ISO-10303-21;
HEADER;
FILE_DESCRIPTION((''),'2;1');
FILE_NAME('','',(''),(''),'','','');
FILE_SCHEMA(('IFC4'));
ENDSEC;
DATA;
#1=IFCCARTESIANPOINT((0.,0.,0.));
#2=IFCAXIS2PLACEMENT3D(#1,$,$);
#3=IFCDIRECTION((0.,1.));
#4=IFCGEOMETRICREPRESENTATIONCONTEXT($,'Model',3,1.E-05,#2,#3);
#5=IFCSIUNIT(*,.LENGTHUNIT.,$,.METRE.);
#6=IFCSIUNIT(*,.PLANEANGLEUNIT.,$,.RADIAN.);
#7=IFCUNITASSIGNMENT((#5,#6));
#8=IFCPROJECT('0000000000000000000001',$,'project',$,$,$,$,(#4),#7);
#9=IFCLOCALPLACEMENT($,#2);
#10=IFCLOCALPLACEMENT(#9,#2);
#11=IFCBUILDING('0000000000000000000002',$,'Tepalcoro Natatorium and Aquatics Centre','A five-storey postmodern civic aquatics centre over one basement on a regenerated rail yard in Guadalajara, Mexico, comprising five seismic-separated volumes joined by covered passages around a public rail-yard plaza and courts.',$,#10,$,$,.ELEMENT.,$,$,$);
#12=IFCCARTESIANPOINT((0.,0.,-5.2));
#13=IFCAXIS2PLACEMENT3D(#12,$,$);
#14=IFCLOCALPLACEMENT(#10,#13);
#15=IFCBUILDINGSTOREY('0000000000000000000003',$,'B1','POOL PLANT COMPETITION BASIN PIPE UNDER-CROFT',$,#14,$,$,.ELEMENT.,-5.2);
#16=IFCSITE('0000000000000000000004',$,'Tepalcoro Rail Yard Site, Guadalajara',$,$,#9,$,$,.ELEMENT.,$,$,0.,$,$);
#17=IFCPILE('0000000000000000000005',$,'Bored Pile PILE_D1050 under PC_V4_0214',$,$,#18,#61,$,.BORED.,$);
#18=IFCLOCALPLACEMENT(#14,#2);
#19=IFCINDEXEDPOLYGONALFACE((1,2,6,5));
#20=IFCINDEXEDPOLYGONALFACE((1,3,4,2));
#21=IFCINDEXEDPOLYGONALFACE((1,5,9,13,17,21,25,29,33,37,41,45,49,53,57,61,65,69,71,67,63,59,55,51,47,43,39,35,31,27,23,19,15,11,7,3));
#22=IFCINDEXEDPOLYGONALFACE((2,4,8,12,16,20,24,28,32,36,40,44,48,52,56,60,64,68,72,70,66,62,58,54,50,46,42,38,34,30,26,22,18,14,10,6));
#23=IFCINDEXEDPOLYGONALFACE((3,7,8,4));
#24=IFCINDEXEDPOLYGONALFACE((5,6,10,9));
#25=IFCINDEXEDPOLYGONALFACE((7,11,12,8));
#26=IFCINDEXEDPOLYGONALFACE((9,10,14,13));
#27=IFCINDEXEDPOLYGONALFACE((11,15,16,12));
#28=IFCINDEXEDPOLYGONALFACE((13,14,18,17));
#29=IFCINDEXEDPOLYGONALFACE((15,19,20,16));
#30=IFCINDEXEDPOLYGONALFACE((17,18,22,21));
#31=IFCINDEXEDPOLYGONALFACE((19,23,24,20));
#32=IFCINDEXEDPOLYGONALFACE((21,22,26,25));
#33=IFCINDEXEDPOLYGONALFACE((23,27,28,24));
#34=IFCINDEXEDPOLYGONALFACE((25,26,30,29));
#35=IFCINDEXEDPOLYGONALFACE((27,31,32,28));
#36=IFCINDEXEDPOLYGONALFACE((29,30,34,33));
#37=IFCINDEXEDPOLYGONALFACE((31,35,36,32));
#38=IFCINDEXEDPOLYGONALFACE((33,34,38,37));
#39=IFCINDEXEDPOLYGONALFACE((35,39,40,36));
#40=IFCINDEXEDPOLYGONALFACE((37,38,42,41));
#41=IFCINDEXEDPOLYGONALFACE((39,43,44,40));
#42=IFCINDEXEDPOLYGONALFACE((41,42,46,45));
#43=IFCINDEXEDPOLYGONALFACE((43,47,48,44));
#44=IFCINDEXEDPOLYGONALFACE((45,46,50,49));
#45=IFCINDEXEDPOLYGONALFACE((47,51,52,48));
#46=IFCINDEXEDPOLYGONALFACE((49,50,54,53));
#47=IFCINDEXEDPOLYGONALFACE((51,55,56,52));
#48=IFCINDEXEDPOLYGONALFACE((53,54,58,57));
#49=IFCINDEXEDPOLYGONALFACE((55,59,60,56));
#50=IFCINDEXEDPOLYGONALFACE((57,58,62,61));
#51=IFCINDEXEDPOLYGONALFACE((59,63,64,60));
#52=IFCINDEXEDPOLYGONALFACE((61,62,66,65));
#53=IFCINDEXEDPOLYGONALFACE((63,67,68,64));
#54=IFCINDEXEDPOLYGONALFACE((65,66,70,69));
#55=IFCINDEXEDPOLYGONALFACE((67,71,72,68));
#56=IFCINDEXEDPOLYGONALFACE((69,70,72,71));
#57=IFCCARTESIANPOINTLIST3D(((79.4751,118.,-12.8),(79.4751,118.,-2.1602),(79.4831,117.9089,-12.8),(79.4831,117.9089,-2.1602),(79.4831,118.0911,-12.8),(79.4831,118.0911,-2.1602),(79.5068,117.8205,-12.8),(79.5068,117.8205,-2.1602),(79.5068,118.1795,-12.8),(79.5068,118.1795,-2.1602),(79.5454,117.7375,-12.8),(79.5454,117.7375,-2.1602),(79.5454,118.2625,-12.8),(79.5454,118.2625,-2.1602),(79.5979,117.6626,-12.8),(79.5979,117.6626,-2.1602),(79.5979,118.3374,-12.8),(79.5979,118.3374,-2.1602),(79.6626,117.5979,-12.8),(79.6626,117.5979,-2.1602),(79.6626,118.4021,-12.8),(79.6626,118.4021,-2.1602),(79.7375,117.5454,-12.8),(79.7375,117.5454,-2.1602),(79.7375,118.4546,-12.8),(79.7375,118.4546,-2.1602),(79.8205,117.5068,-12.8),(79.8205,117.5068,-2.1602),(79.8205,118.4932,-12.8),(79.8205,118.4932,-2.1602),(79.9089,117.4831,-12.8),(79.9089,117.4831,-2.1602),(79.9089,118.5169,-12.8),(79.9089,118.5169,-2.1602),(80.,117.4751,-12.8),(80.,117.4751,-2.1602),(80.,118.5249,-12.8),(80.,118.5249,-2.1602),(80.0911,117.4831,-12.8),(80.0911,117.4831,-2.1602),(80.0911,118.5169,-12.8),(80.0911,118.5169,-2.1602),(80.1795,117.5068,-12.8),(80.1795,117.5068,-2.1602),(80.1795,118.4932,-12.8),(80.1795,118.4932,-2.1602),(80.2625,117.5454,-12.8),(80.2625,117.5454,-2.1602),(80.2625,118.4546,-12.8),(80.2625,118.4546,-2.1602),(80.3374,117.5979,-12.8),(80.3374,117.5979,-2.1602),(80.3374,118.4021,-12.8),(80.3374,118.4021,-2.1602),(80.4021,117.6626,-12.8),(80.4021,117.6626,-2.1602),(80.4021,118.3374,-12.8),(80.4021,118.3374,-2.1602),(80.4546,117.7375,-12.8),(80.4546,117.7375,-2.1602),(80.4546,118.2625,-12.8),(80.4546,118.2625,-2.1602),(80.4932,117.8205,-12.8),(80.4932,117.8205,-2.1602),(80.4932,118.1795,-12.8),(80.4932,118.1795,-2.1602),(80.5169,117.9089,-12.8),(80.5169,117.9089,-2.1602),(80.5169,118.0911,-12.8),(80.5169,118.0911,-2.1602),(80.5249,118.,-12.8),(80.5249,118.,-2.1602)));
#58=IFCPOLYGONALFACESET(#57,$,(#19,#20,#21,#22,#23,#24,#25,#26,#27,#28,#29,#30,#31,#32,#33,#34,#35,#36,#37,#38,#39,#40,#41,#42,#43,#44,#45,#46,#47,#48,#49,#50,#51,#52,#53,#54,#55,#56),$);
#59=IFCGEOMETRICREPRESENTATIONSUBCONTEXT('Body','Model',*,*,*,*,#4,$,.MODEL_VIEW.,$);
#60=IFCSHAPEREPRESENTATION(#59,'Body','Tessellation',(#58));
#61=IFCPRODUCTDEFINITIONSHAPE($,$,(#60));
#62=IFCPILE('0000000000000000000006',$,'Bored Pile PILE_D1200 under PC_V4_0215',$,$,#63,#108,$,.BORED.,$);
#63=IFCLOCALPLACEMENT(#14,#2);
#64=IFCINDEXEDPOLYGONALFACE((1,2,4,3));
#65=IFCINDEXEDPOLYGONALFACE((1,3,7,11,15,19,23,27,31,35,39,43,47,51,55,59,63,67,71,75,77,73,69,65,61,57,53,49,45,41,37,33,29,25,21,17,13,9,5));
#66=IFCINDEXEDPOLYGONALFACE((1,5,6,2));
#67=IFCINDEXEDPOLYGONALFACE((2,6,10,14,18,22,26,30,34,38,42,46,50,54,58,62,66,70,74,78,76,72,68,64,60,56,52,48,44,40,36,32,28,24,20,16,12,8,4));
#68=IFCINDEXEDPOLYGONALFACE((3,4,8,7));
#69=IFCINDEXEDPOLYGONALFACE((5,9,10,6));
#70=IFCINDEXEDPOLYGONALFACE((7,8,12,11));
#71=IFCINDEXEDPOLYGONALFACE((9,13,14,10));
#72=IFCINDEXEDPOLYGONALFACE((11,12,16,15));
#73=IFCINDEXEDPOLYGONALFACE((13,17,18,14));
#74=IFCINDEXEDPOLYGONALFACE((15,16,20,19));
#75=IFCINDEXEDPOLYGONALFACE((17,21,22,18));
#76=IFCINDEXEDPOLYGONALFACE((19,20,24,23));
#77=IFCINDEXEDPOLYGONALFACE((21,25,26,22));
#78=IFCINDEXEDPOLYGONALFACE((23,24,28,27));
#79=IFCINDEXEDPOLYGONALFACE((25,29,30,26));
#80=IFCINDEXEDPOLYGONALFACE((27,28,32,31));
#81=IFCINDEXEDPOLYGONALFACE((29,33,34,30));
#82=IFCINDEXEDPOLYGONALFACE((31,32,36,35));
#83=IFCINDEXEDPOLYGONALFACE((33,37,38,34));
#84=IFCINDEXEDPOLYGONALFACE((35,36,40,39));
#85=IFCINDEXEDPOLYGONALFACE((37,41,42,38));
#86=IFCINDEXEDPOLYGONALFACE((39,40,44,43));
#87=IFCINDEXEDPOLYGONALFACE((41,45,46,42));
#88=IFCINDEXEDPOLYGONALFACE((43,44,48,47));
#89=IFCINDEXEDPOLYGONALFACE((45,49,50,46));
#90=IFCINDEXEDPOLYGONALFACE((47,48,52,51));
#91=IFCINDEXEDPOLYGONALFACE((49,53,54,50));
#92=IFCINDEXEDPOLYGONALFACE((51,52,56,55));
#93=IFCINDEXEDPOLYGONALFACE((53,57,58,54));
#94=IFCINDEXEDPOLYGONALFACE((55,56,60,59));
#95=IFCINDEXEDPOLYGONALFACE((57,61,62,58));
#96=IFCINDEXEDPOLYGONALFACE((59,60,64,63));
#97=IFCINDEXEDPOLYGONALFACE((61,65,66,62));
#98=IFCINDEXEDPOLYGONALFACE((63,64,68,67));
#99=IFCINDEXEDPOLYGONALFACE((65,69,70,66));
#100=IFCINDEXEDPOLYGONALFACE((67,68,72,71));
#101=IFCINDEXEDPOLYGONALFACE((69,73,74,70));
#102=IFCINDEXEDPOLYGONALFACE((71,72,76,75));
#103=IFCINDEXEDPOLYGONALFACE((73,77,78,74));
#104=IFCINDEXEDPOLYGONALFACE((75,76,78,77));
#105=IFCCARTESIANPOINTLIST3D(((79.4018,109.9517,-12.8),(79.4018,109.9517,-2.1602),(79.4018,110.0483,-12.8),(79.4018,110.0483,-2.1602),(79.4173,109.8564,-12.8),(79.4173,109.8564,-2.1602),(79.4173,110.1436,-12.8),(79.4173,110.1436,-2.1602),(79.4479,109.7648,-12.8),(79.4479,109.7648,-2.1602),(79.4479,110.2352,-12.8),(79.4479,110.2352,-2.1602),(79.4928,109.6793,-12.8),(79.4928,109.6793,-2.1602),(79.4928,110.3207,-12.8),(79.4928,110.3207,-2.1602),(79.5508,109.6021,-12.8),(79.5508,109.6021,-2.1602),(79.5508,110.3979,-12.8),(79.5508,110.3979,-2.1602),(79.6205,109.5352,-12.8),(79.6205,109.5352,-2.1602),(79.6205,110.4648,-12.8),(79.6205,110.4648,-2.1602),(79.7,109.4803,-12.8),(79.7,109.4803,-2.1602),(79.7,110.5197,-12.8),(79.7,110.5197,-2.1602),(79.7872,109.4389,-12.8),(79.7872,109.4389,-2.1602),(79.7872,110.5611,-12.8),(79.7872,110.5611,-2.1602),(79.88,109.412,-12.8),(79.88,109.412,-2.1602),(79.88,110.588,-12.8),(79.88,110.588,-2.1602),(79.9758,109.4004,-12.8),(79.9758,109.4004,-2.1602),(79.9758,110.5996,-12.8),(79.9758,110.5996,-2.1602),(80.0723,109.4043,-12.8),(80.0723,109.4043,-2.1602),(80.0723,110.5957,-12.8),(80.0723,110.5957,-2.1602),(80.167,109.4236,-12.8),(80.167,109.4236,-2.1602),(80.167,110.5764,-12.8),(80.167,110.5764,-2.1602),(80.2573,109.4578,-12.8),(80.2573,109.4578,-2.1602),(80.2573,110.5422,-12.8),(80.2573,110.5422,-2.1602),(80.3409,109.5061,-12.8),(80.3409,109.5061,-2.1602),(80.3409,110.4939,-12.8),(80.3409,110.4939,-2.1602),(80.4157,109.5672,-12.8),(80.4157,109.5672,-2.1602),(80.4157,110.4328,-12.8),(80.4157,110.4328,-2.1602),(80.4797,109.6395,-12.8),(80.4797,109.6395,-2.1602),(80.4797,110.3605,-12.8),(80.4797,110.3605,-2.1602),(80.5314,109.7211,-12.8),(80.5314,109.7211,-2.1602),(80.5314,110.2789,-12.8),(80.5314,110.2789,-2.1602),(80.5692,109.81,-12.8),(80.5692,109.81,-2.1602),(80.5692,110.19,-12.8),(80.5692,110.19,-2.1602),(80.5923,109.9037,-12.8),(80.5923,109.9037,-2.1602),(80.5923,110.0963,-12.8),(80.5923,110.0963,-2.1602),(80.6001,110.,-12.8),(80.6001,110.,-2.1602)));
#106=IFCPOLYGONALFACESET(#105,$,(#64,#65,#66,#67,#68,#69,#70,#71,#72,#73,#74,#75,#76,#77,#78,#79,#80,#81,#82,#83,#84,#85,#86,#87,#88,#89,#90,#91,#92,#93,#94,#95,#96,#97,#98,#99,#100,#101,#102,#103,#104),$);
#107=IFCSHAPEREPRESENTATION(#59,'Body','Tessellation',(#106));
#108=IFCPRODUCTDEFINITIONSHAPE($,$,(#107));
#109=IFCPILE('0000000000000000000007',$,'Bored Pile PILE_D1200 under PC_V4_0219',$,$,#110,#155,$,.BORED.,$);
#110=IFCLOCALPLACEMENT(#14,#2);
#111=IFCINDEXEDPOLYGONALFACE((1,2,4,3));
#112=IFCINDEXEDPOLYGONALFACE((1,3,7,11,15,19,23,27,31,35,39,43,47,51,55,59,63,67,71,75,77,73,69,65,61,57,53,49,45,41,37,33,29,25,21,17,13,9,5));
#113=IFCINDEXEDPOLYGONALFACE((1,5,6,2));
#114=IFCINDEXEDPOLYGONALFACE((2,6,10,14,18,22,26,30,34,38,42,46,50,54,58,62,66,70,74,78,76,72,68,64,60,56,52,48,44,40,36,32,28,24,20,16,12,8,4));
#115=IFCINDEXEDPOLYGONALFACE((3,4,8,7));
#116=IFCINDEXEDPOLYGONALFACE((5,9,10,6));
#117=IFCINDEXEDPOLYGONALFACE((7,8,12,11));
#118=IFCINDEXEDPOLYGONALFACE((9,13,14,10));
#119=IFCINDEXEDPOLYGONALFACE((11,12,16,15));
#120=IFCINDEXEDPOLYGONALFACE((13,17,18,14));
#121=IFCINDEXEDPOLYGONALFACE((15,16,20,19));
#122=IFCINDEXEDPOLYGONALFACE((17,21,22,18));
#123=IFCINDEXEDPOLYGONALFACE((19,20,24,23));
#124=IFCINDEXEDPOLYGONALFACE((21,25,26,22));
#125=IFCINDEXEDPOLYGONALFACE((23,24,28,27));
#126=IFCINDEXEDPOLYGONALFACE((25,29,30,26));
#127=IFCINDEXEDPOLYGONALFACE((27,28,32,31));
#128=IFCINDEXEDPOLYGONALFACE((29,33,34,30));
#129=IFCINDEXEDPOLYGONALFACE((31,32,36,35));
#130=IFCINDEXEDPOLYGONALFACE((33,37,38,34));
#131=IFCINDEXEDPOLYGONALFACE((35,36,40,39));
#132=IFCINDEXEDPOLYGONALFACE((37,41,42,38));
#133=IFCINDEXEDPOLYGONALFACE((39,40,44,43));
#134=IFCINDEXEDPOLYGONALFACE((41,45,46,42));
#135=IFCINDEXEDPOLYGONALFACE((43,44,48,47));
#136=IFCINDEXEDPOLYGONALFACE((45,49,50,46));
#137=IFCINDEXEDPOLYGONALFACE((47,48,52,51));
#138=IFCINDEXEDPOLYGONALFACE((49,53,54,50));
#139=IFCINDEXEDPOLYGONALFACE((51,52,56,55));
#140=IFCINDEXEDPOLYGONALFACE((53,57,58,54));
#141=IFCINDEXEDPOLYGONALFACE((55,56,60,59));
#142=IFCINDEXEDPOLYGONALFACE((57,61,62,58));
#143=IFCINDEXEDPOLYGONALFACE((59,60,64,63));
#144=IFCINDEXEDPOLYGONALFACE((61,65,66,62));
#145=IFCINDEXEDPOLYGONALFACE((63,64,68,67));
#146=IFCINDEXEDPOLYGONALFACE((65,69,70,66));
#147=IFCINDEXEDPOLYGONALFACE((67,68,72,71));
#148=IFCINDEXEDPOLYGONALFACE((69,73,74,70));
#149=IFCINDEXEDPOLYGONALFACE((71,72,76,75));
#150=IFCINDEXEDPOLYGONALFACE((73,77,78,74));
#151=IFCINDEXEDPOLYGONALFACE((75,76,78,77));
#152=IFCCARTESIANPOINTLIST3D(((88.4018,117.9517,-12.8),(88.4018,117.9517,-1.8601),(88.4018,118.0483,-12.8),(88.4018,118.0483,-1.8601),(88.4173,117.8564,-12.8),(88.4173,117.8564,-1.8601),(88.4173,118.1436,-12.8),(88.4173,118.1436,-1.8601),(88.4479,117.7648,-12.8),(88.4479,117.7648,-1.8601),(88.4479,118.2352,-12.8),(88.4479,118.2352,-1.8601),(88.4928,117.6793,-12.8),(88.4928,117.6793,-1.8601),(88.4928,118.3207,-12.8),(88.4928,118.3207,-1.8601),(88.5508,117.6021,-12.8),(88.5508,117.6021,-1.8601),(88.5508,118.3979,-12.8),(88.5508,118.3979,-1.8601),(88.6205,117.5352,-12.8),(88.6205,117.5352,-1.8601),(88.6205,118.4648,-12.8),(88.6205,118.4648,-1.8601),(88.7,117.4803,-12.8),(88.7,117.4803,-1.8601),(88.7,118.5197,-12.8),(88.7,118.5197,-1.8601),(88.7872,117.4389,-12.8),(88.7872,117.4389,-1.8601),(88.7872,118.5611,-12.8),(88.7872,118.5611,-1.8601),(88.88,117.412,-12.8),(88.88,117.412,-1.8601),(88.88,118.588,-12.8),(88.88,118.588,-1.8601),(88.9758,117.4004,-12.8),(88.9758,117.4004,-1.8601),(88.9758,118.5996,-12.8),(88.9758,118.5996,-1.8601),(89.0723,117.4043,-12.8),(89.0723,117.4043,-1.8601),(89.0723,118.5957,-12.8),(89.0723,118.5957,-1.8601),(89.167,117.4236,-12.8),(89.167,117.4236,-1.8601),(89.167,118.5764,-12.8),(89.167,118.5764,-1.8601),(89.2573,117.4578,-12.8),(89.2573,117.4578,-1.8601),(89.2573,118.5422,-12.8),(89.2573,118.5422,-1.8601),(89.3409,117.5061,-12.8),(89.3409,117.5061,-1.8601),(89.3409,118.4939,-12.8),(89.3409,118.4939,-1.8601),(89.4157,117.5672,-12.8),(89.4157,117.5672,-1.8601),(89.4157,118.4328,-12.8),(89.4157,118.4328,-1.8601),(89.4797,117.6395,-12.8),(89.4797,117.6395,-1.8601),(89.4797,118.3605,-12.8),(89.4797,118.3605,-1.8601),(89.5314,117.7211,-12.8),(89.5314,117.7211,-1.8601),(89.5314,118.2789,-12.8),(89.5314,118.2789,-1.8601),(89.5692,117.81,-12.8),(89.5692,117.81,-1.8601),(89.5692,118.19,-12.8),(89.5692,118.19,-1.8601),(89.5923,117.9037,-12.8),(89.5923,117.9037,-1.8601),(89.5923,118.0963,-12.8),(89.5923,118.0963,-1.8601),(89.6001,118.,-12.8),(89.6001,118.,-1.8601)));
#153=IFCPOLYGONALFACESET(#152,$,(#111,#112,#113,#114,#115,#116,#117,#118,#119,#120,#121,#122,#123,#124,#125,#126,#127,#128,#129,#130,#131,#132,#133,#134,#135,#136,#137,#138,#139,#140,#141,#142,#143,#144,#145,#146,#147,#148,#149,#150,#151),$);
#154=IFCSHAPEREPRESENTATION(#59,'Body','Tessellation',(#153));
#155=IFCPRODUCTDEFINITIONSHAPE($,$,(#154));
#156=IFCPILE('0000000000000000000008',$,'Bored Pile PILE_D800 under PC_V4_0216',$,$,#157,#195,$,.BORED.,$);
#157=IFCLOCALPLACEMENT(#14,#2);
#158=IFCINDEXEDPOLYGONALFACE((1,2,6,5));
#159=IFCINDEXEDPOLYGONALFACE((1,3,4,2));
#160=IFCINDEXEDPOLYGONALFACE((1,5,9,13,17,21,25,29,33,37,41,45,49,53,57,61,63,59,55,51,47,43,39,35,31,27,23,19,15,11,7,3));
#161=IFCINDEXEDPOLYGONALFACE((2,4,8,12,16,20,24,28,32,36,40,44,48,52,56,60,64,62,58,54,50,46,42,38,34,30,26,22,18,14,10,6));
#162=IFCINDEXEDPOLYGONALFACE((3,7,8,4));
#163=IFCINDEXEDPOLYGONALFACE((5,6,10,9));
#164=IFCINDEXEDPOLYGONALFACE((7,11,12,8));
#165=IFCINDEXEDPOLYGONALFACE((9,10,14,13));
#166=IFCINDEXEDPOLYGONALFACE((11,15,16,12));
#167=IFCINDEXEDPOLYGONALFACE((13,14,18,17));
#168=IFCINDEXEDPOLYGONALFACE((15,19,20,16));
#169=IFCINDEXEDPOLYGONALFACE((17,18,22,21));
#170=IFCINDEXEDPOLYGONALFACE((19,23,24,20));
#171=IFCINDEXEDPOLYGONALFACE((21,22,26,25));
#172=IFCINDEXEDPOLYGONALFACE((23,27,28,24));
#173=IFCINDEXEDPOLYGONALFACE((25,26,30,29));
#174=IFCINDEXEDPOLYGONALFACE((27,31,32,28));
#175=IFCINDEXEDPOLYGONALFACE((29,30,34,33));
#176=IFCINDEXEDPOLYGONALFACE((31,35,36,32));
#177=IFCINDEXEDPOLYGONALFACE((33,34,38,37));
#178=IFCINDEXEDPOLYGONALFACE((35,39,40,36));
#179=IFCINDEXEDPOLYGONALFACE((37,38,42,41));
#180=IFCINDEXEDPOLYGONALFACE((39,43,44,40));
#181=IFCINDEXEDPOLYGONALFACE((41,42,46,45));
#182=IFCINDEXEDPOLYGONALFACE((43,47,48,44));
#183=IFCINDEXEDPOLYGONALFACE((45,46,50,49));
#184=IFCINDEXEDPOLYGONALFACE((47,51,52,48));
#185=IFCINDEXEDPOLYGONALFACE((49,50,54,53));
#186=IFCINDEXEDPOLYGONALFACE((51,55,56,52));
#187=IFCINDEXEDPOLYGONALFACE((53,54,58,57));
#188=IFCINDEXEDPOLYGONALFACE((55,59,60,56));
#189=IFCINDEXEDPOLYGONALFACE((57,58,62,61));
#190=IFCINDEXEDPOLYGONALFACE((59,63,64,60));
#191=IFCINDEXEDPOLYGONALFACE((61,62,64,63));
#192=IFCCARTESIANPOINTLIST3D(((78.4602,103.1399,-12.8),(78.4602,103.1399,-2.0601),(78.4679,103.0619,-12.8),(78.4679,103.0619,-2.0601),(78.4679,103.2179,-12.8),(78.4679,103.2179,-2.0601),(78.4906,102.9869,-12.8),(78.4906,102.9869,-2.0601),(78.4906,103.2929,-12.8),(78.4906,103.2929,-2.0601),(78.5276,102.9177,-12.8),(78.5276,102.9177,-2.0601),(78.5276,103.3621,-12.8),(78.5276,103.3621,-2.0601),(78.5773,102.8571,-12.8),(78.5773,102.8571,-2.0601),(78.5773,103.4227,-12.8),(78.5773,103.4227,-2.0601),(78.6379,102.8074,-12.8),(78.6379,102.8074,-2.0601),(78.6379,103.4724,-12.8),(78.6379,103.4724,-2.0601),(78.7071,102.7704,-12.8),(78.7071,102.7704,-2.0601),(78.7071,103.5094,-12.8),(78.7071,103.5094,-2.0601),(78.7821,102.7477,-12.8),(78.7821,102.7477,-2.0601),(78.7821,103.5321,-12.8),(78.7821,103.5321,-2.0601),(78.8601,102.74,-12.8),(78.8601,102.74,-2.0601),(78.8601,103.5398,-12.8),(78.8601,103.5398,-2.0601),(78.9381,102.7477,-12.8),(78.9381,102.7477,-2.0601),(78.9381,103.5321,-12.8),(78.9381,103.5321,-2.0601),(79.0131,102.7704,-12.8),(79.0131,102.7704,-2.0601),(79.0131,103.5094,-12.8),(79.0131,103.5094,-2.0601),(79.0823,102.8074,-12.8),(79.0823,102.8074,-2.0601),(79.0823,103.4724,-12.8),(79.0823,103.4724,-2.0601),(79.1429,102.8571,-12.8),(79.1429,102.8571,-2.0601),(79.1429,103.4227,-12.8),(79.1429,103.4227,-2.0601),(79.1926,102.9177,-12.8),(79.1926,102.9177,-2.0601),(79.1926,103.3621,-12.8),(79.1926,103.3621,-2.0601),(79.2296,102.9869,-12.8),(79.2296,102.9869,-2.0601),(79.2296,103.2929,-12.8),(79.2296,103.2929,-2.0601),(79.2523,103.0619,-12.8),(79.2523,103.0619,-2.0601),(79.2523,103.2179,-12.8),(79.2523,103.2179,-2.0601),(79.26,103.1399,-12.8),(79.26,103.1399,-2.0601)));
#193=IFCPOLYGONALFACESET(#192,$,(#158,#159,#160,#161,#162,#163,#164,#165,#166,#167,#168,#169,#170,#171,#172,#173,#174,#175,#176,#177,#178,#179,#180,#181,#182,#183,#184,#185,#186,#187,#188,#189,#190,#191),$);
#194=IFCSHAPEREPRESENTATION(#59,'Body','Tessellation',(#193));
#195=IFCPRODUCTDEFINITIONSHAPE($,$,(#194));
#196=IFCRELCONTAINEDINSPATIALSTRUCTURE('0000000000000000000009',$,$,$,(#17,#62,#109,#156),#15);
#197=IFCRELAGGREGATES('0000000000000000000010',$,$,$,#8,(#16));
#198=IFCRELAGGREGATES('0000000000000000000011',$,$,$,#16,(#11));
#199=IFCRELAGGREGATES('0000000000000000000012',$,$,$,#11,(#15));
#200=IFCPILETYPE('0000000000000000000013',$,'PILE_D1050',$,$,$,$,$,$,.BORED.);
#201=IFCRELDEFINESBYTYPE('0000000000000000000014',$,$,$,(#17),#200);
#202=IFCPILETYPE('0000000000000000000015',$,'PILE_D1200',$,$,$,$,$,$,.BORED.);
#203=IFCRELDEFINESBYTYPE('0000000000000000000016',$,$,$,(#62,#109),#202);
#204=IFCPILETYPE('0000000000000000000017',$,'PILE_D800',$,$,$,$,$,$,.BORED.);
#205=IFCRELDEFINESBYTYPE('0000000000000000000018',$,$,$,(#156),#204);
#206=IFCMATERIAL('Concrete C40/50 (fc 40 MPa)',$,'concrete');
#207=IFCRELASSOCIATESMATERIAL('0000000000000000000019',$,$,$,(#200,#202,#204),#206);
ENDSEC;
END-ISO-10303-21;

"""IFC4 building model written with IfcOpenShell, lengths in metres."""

from ifc_helpers import new_model, si_unit, direction, frame, origin, origin_2d, place, context, subcontext, project, spatial, circle, extrude, material, material_profile, profile_set, type_object, element, save


model = new_model("IFC4")

# Units and contexts
model_context = context("Model", 3, precision=1e-05, world=origin(), true_north=direction((0.0, 1.0)))
body_context = subcontext(model_context, "Body", "Model", "MODEL_VIEW")
ifc_project = project(units=[si_unit("LENGTHUNIT", "METRE"), si_unit("PLANEANGLEUNIT", "RADIAN")], contexts=[model_context])

# Site, building, storey
site_placement = place(None, origin())
site = spatial("IfcSite", under=ifc_project, at=site_placement, Name="Tepalcoro Rail Yard Site, Guadalajara", CompositionType="ELEMENT", RefElevation=0.0)
building_placement = place(site_placement, origin())
building = spatial("IfcBuilding", under=site, at=building_placement, Name="Tepalcoro Natatorium and Aquatics Centre", Description="A five-storey postmodern civic aquatics centre over one basement on a regenerated rail yard in Guadalajara, Mexico, comprising five seismic-separated volumes joined by covered passages around a public rail-yard plaza and courts.", CompositionType="ELEMENT")
storey_placement = place(building_placement, frame((0.0, 0.0, -5.2)))
storey = spatial("IfcBuildingStorey", under=building, at=storey_placement, Name="B1", Description="POOL PLANT COMPETITION BASIN PIPE UNDER-CROFT", CompositionType="ELEMENT", Elevation=-5.2)

# Piles
ifc_material_1 = material(Name="Concrete C40/50 (fc 40 MPa)", Category="concrete")
ifc_material_profile_1 = material_profile(ifc_material_1, circle(Radius=0.5249, at=origin_2d()), Name="PILE_D1050")
ifc_profile_set_1 = profile_set([ifc_material_profile_1], Name="Concrete C40/50 (fc 40 MPa)")
pile_type_1 = type_object("IfcPileType", Name="PILE_D1050", PredefinedType="BORED", material=ifc_profile_set_1)
pile_1_placement = place(storey_placement, frame((80.0, 118.0, -2.1602), z_axis=(0.0, 0.0, -1.0), x_axis=(1.0, 0.0, 0.0)))
element("IfcPile", 1, at=pile_1_placement, inside=storey, type_object=pile_type_1, Name="Bored Pile PILE_D1050 under PC_V4_0214", PredefinedType="BORED", context=body_context, shape_type="SweptSolid", body=[
    extrude(circle(Radius=0.5249, at=origin_2d()), origin(), (0.0, 0.0, 1.0), 10.6399),
])
ifc_material_profile_2 = material_profile(ifc_material_1, circle(Radius=0.6001, at=origin_2d()), Name="PILE_D1200")
ifc_profile_set_2 = profile_set([ifc_material_profile_2], Name="Concrete C40/50 (fc 40 MPa)")
pile_type_2 = type_object("IfcPileType", Name="PILE_D1200", PredefinedType="BORED", material=ifc_profile_set_2)
pile_2_placement = place(storey_placement, frame((80.0, 110.0, -2.1602), z_axis=(0.0, 0.0, -1.0), x_axis=(1.0, 0.0, 0.0)))
element("IfcPile", 2, at=pile_2_placement, inside=storey, type_object=pile_type_2, Name="Bored Pile PILE_D1200 under PC_V4_0215", PredefinedType="BORED", context=body_context, shape_type="SweptSolid", body=[
    extrude(circle(Radius=0.6001, at=origin_2d()), origin(), (0.0, 0.0, 1.0), 10.6399),
])
pile_3_placement = place(storey_placement, frame((89.0, 118.0, -1.8601), z_axis=(0.0, 0.0, -1.0), x_axis=(1.0, 0.0, 0.0)))
element("IfcPile", 3, at=pile_3_placement, inside=storey, type_object=pile_type_2, Name="Bored Pile PILE_D1200 under PC_V4_0219", PredefinedType="BORED", context=body_context, shape_type="SweptSolid", body=[
    extrude(circle(Radius=0.6001, at=origin_2d()), origin(), (0.0, 0.0, 1.0), 10.9399),
])
ifc_material_profile_3 = material_profile(ifc_material_1, circle(Radius=0.3999, at=origin_2d()), Name="PILE_D800")
ifc_profile_set_3 = profile_set([ifc_material_profile_3], Name="Concrete C40/50 (fc 40 MPa)")
pile_type_3 = type_object("IfcPileType", Name="PILE_D800", PredefinedType="BORED", material=ifc_profile_set_3)
for number, where, z_axis, x_axis, name in (
    (4, (78.8601, 103.1399, -2.0601), (0.0, 0.0, -1.0), (1.0, 0.0, 0.0), "Bored Pile PILE_D800 under PC_V4_0216"),
):
    element("IfcPile", number, at=place(storey_placement, frame(where, z_axis=z_axis, x_axis=x_axis)), inside=storey, type_object=pile_type_3, Name=name, PredefinedType="BORED", context=body_context, shape_type="SweptSolid", body=[
        extrude(circle(Radius=0.3999, at=origin_2d()), origin(), (0.0, 0.0, 1.0), 10.74),
    ])

save(model, "model.ifc")
